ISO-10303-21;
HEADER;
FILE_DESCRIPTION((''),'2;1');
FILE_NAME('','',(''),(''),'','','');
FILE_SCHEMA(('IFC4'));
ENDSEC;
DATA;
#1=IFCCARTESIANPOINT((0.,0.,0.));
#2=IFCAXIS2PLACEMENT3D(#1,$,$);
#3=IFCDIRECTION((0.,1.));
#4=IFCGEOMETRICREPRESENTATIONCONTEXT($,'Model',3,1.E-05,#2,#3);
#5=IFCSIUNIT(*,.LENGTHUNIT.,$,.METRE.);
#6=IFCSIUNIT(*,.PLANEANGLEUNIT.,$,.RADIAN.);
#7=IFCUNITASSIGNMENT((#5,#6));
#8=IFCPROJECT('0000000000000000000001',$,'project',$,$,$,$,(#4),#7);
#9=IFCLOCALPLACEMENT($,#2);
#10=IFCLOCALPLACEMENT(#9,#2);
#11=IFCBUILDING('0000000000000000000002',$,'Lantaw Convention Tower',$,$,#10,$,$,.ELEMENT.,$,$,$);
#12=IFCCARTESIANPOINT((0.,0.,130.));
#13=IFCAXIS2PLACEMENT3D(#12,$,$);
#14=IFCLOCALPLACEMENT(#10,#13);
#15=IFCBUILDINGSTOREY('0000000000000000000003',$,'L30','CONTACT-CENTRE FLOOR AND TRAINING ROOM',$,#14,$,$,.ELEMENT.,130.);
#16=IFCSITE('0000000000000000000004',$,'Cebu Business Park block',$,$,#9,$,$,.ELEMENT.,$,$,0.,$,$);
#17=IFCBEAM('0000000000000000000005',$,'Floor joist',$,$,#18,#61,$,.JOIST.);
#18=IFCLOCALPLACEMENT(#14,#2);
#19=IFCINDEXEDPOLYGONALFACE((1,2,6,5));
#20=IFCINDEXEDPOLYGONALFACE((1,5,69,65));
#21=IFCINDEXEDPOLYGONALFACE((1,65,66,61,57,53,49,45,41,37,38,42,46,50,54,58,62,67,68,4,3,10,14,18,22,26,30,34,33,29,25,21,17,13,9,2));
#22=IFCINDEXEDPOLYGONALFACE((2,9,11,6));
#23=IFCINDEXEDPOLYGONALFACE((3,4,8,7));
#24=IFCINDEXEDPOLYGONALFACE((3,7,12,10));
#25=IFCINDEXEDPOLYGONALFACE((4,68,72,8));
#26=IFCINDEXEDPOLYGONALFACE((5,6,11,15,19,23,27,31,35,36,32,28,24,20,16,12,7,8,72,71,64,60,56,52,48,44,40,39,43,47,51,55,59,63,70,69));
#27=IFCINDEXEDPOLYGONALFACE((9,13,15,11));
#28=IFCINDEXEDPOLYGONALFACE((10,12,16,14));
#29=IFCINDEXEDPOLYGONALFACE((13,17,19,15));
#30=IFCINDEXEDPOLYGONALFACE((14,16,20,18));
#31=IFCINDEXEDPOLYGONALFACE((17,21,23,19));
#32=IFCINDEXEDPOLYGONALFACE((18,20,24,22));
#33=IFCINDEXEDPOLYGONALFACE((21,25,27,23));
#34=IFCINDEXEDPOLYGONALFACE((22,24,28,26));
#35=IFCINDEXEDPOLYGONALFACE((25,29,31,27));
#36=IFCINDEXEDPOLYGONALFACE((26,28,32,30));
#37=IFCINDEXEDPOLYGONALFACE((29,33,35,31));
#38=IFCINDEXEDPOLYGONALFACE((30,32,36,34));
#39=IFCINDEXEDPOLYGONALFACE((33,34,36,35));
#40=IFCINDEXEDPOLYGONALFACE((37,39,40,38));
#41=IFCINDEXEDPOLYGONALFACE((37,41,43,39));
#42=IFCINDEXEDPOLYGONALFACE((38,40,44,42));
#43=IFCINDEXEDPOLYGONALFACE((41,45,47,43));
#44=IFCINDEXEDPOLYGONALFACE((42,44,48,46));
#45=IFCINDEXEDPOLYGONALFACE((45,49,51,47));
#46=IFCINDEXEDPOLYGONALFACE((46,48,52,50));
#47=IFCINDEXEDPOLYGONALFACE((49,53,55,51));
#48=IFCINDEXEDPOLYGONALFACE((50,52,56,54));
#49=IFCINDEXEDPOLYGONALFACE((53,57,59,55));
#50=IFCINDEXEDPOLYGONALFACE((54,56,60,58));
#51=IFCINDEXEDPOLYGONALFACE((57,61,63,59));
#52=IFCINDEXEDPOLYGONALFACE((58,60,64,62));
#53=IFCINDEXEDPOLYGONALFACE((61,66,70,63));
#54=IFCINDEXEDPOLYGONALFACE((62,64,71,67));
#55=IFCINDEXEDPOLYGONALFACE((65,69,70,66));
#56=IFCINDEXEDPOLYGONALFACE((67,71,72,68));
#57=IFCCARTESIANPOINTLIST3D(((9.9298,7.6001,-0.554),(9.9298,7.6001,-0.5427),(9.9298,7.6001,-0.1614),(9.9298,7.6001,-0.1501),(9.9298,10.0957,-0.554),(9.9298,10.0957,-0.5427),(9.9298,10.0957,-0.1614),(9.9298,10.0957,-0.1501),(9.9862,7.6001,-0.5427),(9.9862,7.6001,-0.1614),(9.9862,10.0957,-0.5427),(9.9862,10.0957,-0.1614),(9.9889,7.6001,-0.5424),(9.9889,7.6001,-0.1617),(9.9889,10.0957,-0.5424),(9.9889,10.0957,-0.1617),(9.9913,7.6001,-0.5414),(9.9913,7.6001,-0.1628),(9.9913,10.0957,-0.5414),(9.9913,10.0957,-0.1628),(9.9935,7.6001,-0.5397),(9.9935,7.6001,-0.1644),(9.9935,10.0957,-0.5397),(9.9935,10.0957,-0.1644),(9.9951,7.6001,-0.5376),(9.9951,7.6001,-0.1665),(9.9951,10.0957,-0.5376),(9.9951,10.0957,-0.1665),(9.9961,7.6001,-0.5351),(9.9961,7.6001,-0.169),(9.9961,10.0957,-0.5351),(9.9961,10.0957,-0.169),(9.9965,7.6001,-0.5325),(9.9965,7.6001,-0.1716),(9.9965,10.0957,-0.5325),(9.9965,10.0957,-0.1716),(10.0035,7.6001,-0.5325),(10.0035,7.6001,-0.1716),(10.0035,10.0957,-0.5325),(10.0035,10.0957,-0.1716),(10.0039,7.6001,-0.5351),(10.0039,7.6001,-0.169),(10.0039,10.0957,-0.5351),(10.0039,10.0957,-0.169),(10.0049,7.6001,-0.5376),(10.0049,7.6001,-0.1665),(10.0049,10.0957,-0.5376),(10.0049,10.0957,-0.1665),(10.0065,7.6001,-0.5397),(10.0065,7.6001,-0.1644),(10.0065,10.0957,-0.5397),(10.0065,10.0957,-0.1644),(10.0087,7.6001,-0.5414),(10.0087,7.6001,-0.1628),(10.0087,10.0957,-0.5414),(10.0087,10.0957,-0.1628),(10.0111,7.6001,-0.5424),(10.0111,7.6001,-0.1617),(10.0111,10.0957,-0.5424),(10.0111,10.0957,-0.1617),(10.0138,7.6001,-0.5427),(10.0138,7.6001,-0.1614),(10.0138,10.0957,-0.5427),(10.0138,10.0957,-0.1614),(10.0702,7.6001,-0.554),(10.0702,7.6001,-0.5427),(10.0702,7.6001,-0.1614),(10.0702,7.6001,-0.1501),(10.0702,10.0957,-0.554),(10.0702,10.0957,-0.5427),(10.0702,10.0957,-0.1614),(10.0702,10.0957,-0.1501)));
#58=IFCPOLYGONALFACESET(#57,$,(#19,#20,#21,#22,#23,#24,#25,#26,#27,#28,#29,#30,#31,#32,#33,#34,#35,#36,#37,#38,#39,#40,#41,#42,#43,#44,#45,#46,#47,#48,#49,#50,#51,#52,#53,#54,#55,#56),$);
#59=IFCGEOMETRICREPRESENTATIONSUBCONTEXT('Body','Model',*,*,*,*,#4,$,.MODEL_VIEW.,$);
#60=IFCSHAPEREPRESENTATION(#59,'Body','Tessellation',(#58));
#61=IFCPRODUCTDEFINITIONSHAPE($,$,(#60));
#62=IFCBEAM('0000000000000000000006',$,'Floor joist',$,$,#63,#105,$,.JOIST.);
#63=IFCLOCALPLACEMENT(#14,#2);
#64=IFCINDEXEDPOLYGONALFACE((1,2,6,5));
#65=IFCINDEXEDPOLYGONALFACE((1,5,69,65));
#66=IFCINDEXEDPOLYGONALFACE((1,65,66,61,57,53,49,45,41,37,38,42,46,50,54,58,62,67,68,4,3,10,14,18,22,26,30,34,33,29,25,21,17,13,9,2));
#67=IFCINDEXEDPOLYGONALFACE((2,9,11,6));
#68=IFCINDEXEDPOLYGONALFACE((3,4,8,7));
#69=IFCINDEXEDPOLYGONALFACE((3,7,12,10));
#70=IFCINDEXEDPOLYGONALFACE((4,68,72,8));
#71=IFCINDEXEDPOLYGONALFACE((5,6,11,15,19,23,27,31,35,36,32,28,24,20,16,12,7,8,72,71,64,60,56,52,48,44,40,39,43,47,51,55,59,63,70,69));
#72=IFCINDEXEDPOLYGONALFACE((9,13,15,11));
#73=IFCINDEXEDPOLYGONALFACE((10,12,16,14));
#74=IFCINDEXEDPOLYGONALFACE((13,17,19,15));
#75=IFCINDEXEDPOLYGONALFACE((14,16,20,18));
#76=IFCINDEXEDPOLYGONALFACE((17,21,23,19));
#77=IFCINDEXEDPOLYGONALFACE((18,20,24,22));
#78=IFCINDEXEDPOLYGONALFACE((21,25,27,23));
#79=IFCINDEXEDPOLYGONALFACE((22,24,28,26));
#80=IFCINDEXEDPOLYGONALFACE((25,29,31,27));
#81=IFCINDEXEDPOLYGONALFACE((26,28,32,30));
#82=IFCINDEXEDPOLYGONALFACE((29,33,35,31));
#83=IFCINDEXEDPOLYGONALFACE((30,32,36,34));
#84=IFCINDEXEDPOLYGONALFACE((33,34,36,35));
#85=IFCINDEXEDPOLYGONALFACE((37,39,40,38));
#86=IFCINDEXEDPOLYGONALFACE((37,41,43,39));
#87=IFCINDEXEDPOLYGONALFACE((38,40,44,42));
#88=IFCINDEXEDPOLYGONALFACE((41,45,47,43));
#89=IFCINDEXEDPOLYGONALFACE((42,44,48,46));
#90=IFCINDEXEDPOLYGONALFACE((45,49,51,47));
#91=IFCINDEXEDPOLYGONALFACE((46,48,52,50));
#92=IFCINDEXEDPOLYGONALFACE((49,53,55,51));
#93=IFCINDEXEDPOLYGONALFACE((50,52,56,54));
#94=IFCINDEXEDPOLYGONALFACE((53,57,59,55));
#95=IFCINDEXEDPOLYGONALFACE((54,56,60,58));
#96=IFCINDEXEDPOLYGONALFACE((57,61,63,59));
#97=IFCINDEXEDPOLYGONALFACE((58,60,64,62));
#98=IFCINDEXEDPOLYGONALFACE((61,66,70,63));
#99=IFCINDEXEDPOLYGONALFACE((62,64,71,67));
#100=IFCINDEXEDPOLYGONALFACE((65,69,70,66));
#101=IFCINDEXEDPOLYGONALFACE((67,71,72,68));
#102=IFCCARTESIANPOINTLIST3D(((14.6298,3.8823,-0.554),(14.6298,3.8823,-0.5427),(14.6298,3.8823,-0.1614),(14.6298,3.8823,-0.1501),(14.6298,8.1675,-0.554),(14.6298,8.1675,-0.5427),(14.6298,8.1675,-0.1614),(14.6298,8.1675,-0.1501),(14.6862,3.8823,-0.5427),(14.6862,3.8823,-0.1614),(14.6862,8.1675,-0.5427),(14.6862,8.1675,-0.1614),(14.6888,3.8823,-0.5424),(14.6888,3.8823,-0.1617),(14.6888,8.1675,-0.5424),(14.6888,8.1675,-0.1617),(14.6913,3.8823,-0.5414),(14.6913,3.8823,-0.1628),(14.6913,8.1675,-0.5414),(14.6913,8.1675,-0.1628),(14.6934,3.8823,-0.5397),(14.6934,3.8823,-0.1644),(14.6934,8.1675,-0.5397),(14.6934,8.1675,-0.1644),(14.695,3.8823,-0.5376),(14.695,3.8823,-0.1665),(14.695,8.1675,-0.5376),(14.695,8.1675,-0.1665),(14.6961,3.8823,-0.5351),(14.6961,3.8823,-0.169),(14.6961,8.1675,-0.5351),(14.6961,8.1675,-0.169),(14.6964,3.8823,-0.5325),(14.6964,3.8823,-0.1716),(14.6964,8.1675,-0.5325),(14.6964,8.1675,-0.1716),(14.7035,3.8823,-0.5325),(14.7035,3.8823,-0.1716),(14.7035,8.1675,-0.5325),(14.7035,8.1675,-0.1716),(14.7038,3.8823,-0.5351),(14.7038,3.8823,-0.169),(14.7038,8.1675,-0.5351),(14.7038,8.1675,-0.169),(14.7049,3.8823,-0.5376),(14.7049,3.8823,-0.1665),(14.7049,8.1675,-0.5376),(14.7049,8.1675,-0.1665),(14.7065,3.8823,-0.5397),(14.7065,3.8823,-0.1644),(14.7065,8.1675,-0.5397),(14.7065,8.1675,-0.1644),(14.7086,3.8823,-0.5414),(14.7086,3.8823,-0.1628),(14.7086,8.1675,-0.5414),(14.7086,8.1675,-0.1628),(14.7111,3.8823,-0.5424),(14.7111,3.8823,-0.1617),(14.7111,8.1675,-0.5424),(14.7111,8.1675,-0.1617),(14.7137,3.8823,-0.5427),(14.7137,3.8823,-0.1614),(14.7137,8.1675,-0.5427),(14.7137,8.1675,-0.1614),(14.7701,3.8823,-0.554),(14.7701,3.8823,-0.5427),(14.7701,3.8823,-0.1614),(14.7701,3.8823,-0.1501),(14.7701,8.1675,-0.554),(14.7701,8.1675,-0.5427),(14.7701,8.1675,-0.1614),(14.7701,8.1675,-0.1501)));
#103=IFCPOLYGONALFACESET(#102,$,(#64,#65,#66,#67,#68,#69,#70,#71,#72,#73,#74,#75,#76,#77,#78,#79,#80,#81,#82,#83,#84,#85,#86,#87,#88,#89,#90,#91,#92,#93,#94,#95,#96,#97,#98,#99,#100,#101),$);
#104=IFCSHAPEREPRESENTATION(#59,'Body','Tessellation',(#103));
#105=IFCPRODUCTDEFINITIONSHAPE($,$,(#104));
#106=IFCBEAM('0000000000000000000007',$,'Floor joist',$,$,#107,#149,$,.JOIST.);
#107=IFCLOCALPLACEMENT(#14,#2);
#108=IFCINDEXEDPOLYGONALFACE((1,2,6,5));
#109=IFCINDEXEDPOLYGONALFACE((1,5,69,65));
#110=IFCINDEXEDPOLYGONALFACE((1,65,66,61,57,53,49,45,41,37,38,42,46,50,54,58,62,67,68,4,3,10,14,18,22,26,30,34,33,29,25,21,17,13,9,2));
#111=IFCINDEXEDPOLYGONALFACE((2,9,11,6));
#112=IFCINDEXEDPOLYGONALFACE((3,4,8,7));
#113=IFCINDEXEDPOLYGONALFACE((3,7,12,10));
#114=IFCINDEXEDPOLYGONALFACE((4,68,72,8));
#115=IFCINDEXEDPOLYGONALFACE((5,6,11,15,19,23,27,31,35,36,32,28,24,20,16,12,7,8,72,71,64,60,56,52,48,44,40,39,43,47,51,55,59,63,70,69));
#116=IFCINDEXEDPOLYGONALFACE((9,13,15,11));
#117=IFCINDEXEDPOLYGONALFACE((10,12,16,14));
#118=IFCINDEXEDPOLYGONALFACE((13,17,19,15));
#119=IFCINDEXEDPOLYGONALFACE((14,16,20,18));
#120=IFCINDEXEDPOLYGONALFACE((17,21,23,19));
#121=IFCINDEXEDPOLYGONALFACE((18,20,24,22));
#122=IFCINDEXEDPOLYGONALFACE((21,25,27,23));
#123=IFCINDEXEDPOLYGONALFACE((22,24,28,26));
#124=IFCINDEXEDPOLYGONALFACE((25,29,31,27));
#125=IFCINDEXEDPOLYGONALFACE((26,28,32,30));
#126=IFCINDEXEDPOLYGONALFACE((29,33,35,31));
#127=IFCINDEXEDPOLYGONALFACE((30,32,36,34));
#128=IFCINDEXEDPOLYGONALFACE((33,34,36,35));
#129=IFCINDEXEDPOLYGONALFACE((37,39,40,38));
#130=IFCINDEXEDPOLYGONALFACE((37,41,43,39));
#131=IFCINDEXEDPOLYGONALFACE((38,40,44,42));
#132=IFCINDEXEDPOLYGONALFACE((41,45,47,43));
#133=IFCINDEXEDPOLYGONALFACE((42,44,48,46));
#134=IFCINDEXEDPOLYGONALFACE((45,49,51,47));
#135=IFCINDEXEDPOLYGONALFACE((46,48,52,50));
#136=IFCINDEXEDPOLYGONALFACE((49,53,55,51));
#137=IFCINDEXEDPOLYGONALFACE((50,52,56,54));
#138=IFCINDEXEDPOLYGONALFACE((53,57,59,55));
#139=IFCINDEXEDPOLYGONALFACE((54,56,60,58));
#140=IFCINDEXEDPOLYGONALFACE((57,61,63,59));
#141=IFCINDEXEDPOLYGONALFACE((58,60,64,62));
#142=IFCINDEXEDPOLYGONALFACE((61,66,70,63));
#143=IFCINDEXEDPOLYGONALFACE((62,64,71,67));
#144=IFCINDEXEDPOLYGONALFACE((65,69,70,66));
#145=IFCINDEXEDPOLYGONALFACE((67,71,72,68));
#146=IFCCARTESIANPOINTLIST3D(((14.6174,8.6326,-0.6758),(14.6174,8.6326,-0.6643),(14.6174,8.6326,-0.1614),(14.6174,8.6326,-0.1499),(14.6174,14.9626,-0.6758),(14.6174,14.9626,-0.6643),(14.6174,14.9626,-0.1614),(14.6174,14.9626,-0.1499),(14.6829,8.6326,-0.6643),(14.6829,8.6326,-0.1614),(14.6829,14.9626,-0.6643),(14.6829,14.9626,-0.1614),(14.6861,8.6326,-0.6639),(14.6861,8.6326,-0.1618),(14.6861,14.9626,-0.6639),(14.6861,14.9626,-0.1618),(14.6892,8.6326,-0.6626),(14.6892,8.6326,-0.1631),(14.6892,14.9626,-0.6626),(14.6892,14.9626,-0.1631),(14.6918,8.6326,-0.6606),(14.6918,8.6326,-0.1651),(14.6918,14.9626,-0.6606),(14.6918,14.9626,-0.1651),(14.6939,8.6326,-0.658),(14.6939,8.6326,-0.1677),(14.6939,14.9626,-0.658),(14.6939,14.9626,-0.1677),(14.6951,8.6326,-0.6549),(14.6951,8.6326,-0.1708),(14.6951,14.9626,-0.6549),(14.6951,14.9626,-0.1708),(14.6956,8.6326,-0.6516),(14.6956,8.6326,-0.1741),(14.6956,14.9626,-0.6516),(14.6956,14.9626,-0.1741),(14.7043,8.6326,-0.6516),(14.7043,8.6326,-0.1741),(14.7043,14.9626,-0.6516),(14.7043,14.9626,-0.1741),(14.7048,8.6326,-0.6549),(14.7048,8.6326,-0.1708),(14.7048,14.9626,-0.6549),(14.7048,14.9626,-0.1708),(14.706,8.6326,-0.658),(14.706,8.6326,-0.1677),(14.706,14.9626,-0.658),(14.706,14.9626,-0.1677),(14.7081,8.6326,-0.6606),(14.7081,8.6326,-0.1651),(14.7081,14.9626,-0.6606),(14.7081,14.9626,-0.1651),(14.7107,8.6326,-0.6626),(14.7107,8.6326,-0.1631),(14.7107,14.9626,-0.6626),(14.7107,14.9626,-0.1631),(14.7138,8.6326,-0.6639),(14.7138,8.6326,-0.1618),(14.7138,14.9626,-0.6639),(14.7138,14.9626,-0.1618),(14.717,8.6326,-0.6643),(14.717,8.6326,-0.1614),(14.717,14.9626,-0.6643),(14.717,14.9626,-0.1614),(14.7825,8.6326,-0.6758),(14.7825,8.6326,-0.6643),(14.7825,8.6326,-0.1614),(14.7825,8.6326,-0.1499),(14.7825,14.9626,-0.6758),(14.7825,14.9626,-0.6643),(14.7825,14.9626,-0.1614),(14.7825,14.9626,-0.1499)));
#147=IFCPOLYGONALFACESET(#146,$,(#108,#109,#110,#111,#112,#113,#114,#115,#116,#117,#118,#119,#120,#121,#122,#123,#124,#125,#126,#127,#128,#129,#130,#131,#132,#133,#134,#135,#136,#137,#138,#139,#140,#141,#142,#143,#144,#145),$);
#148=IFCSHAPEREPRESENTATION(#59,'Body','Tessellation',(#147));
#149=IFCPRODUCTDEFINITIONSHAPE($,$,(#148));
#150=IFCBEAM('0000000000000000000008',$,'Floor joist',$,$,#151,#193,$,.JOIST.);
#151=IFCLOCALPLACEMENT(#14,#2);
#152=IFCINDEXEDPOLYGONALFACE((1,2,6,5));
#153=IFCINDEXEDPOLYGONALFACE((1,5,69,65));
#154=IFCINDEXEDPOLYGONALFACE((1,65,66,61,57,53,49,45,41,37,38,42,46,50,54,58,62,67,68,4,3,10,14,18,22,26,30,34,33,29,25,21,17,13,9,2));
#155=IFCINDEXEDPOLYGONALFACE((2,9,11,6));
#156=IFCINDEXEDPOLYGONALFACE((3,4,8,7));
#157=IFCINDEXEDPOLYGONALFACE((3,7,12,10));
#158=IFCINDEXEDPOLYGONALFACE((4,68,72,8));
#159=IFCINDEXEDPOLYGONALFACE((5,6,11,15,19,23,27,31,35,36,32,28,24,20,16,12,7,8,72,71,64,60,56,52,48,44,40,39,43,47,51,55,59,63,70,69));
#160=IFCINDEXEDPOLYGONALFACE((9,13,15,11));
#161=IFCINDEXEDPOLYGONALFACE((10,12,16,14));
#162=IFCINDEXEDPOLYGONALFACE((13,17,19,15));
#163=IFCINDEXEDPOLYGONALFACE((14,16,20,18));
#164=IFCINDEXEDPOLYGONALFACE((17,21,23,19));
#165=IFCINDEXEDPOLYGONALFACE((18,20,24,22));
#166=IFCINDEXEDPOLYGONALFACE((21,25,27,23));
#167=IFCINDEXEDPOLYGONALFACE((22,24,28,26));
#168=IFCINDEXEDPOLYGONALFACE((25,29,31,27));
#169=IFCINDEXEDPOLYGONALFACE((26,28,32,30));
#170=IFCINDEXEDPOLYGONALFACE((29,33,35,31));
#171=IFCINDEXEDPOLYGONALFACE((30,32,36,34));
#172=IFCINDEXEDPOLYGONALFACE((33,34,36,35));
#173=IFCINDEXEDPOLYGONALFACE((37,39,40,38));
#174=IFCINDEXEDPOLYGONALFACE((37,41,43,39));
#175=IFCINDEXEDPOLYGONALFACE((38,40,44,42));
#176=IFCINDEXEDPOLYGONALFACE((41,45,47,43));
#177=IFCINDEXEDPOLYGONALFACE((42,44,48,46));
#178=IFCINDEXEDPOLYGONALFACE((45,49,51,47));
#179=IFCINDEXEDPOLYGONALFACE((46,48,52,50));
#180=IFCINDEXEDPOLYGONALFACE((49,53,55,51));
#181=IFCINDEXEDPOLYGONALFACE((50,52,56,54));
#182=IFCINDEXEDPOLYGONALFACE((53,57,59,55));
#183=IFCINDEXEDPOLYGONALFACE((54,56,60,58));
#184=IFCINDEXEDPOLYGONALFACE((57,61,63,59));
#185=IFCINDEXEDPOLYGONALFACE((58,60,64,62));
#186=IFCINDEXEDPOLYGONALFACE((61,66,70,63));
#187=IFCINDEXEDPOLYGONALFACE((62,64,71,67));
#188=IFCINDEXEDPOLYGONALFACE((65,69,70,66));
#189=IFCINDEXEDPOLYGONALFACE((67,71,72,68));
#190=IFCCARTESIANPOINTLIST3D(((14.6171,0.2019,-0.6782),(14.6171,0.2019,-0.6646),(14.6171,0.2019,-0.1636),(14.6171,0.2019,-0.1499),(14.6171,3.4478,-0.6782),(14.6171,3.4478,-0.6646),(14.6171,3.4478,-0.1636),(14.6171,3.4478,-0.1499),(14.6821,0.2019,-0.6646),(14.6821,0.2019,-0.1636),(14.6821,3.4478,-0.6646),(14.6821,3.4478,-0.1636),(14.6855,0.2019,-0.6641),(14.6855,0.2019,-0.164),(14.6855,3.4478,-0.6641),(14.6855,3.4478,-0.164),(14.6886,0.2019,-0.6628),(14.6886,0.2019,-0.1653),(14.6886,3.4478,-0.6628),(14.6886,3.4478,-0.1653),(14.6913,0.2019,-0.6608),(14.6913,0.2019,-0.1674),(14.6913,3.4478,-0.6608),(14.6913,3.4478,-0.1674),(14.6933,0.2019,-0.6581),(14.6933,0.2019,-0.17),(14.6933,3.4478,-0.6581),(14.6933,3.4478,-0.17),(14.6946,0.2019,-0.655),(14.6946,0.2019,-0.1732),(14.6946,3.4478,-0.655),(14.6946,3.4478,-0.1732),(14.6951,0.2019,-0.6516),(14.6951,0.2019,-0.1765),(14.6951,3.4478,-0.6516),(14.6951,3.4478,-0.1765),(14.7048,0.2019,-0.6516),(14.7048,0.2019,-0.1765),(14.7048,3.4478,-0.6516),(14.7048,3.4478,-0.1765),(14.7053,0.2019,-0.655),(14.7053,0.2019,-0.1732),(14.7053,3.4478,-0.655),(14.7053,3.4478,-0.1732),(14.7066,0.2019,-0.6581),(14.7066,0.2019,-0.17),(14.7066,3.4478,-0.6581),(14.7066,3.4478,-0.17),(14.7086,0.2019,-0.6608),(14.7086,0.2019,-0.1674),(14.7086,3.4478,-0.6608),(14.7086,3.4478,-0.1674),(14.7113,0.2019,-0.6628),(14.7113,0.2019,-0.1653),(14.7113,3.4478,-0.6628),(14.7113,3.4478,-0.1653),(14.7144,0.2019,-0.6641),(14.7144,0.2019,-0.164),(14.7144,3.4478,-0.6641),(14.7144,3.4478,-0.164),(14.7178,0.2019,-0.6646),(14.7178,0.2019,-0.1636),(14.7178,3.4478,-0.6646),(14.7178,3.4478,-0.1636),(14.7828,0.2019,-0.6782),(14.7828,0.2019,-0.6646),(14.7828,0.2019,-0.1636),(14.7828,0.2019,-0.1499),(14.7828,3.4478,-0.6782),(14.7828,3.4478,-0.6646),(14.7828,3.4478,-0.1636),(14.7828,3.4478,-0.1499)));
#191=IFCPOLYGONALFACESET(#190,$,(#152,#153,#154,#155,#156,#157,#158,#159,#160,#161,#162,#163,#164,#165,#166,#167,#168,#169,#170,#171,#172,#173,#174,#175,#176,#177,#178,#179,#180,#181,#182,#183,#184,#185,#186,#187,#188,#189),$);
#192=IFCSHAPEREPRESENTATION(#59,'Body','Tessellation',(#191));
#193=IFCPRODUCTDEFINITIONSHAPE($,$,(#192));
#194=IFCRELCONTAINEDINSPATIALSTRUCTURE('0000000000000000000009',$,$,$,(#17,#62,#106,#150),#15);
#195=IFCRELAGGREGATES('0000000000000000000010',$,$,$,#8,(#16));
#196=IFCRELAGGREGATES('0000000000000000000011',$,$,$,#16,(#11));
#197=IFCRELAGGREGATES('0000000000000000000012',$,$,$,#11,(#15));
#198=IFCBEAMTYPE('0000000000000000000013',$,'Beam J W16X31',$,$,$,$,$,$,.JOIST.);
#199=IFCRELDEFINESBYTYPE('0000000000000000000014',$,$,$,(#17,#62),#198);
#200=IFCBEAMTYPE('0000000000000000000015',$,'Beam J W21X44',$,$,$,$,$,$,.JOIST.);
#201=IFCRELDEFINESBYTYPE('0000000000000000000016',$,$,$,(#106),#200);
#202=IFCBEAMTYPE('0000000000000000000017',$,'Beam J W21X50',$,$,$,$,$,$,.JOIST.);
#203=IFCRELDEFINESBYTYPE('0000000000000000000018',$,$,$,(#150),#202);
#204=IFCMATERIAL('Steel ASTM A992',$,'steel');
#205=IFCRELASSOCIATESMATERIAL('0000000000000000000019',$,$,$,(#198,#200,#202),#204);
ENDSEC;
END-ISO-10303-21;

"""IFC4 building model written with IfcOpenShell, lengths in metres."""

from ifc_helpers import new_model, si_unit, direction, frame, origin, origin_2d, place, context, subcontext, project, spatial, i_section, extrude, material, material_profile, profile_set, type_object, element, save


model = new_model("IFC4")

# Units and contexts
model_context = context("Model", 3, precision=1e-05, world=origin(), true_north=direction((0.0, 1.0)))
body_context = subcontext(model_context, "Body", "Model", "MODEL_VIEW")
ifc_project = project(units=[si_unit("LENGTHUNIT", "METRE"), si_unit("PLANEANGLEUNIT", "RADIAN")], contexts=[model_context])

# Site, building, storey
site_placement = place(None, origin())
site = spatial("IfcSite", under=ifc_project, at=site_placement, Name="Cebu Business Park block", CompositionType="ELEMENT", RefElevation=0.0)
building_placement = place(site_placement, origin())
building = spatial("IfcBuilding", under=site, at=building_placement, Name="Lantaw Convention Tower", CompositionType="ELEMENT")
storey_placement = place(building_placement, frame((0.0, 0.0, 130.0)))
storey = spatial("IfcBuildingStorey", under=building, at=storey_placement, Name="L30", Description="CONTACT-CENTRE FLOOR AND TRAINING ROOM", CompositionType="ELEMENT", Elevation=130.0)

# Beams
ifc_material_1 = material(Name="Steel ASTM A992", Category="steel")
ifc_material_profile_1 = material_profile(ifc_material_1, i_section(OverallWidth=0.1404, OverallDepth=0.4038, WebThickness=0.0071, FlangeThickness=0.0112, FilletRadius=0.0103, at=origin_2d()), Name="W16X31")
ifc_profile_set_1 = profile_set([ifc_material_profile_1], Name="Steel ASTM A992")
beam_type_1 = type_object("IfcBeamType", Name="Beam J W16X31", PredefinedType="JOIST", material=ifc_profile_set_1)
beam_1_placement = place(storey_placement, frame((10.0, 7.6001, -0.3521), z_axis=(0.0, 1.0, 0.0), x_axis=(-1.0, 0.0, 0.0)))
element("IfcBeam", 1, at=beam_1_placement, inside=storey, type_object=beam_type_1, Name="Floor joist", PredefinedType="JOIST", context=body_context, shape_type="SweptSolid", body=[
    extrude(i_section(OverallWidth=0.1404, OverallDepth=0.4038, WebThickness=0.0071, FlangeThickness=0.0112, FilletRadius=0.0103, at=origin_2d()), origin(), (0.0, 0.0, 1.0), 2.4956),
])
beam_2_placement = place(storey_placement, frame((14.7, 3.8823, -0.3521), z_axis=(0.0, 1.0, 0.0), x_axis=(-1.0, 0.0, 0.0)))
element("IfcBeam", 2, at=beam_2_placement, inside=storey, type_object=beam_type_1, Name="Floor joist", PredefinedType="JOIST", context=body_context, shape_type="SweptSolid", body=[
    extrude(i_section(OverallWidth=0.1404, OverallDepth=0.4038, WebThickness=0.0071, FlangeThickness=0.0112, FilletRadius=0.0103, at=origin_2d()), origin(), (0.0, 0.0, 1.0), 4.2852),
])
ifc_material_profile_2 = material_profile(ifc_material_1, i_section(OverallWidth=0.165, OverallDepth=0.5259, WebThickness=0.0088, FlangeThickness=0.0115, FilletRadius=0.0127, at=origin_2d()), Name="W21X44")
ifc_profile_set_2 = profile_set([ifc_material_profile_2], Name="Steel ASTM A992")
beam_type_2 = type_object("IfcBeamType", Name="Beam J W21X44", PredefinedType="JOIST", material=ifc_profile_set_2)
beam_3_placement = place(storey_placement, frame((14.7, 8.6326, -0.4128), z_axis=(0.0, 1.0, 0.0), x_axis=(-1.0, 0.0, 0.0)))
element("IfcBeam", 3, at=beam_3_placement, inside=storey, type_object=beam_type_2, Name="Floor joist", PredefinedType="JOIST", context=body_context, shape_type="SweptSolid", body=[
    extrude(i_section(OverallWidth=0.165, OverallDepth=0.5259, WebThickness=0.0088, FlangeThickness=0.0115, FilletRadius=0.0127, at=origin_2d()), origin(), (0.0, 0.0, 1.0), 6.3301),
])
ifc_material_profile_3 = material_profile(ifc_material_1, i_section(OverallWidth=0.1658, OverallDepth=0.5283, WebThickness=0.0098, FlangeThickness=0.0137, FilletRadius=0.0129, at=origin_2d()), Name="W21X50")
ifc_profile_set_3 = profile_set([ifc_material_profile_3], Name="Steel ASTM A992")
beam_type_3 = type_object("IfcBeamType", Name="Beam J W21X50", PredefinedType="JOIST", material=ifc_profile_set_3)
beam_4_placement = place(storey_placement, frame((14.7, 0.2019, -0.4141), z_axis=(0.0, 1.0, 0.0), x_axis=(-1.0, 0.0, 0.0)))
element("IfcBeam", 4, at=beam_4_placement, inside=storey, type_object=beam_type_3, Name="Floor joist", PredefinedType="JOIST", context=body_context, shape_type="SweptSolid", body=[
    extrude(i_section(OverallWidth=0.1658, OverallDepth=0.5283, WebThickness=0.0098, FlangeThickness=0.0137, FilletRadius=0.0129, at=origin_2d()), origin(), (0.0, 0.0, 1.0), 3.2458),
])

save(model, "model.ifc")
